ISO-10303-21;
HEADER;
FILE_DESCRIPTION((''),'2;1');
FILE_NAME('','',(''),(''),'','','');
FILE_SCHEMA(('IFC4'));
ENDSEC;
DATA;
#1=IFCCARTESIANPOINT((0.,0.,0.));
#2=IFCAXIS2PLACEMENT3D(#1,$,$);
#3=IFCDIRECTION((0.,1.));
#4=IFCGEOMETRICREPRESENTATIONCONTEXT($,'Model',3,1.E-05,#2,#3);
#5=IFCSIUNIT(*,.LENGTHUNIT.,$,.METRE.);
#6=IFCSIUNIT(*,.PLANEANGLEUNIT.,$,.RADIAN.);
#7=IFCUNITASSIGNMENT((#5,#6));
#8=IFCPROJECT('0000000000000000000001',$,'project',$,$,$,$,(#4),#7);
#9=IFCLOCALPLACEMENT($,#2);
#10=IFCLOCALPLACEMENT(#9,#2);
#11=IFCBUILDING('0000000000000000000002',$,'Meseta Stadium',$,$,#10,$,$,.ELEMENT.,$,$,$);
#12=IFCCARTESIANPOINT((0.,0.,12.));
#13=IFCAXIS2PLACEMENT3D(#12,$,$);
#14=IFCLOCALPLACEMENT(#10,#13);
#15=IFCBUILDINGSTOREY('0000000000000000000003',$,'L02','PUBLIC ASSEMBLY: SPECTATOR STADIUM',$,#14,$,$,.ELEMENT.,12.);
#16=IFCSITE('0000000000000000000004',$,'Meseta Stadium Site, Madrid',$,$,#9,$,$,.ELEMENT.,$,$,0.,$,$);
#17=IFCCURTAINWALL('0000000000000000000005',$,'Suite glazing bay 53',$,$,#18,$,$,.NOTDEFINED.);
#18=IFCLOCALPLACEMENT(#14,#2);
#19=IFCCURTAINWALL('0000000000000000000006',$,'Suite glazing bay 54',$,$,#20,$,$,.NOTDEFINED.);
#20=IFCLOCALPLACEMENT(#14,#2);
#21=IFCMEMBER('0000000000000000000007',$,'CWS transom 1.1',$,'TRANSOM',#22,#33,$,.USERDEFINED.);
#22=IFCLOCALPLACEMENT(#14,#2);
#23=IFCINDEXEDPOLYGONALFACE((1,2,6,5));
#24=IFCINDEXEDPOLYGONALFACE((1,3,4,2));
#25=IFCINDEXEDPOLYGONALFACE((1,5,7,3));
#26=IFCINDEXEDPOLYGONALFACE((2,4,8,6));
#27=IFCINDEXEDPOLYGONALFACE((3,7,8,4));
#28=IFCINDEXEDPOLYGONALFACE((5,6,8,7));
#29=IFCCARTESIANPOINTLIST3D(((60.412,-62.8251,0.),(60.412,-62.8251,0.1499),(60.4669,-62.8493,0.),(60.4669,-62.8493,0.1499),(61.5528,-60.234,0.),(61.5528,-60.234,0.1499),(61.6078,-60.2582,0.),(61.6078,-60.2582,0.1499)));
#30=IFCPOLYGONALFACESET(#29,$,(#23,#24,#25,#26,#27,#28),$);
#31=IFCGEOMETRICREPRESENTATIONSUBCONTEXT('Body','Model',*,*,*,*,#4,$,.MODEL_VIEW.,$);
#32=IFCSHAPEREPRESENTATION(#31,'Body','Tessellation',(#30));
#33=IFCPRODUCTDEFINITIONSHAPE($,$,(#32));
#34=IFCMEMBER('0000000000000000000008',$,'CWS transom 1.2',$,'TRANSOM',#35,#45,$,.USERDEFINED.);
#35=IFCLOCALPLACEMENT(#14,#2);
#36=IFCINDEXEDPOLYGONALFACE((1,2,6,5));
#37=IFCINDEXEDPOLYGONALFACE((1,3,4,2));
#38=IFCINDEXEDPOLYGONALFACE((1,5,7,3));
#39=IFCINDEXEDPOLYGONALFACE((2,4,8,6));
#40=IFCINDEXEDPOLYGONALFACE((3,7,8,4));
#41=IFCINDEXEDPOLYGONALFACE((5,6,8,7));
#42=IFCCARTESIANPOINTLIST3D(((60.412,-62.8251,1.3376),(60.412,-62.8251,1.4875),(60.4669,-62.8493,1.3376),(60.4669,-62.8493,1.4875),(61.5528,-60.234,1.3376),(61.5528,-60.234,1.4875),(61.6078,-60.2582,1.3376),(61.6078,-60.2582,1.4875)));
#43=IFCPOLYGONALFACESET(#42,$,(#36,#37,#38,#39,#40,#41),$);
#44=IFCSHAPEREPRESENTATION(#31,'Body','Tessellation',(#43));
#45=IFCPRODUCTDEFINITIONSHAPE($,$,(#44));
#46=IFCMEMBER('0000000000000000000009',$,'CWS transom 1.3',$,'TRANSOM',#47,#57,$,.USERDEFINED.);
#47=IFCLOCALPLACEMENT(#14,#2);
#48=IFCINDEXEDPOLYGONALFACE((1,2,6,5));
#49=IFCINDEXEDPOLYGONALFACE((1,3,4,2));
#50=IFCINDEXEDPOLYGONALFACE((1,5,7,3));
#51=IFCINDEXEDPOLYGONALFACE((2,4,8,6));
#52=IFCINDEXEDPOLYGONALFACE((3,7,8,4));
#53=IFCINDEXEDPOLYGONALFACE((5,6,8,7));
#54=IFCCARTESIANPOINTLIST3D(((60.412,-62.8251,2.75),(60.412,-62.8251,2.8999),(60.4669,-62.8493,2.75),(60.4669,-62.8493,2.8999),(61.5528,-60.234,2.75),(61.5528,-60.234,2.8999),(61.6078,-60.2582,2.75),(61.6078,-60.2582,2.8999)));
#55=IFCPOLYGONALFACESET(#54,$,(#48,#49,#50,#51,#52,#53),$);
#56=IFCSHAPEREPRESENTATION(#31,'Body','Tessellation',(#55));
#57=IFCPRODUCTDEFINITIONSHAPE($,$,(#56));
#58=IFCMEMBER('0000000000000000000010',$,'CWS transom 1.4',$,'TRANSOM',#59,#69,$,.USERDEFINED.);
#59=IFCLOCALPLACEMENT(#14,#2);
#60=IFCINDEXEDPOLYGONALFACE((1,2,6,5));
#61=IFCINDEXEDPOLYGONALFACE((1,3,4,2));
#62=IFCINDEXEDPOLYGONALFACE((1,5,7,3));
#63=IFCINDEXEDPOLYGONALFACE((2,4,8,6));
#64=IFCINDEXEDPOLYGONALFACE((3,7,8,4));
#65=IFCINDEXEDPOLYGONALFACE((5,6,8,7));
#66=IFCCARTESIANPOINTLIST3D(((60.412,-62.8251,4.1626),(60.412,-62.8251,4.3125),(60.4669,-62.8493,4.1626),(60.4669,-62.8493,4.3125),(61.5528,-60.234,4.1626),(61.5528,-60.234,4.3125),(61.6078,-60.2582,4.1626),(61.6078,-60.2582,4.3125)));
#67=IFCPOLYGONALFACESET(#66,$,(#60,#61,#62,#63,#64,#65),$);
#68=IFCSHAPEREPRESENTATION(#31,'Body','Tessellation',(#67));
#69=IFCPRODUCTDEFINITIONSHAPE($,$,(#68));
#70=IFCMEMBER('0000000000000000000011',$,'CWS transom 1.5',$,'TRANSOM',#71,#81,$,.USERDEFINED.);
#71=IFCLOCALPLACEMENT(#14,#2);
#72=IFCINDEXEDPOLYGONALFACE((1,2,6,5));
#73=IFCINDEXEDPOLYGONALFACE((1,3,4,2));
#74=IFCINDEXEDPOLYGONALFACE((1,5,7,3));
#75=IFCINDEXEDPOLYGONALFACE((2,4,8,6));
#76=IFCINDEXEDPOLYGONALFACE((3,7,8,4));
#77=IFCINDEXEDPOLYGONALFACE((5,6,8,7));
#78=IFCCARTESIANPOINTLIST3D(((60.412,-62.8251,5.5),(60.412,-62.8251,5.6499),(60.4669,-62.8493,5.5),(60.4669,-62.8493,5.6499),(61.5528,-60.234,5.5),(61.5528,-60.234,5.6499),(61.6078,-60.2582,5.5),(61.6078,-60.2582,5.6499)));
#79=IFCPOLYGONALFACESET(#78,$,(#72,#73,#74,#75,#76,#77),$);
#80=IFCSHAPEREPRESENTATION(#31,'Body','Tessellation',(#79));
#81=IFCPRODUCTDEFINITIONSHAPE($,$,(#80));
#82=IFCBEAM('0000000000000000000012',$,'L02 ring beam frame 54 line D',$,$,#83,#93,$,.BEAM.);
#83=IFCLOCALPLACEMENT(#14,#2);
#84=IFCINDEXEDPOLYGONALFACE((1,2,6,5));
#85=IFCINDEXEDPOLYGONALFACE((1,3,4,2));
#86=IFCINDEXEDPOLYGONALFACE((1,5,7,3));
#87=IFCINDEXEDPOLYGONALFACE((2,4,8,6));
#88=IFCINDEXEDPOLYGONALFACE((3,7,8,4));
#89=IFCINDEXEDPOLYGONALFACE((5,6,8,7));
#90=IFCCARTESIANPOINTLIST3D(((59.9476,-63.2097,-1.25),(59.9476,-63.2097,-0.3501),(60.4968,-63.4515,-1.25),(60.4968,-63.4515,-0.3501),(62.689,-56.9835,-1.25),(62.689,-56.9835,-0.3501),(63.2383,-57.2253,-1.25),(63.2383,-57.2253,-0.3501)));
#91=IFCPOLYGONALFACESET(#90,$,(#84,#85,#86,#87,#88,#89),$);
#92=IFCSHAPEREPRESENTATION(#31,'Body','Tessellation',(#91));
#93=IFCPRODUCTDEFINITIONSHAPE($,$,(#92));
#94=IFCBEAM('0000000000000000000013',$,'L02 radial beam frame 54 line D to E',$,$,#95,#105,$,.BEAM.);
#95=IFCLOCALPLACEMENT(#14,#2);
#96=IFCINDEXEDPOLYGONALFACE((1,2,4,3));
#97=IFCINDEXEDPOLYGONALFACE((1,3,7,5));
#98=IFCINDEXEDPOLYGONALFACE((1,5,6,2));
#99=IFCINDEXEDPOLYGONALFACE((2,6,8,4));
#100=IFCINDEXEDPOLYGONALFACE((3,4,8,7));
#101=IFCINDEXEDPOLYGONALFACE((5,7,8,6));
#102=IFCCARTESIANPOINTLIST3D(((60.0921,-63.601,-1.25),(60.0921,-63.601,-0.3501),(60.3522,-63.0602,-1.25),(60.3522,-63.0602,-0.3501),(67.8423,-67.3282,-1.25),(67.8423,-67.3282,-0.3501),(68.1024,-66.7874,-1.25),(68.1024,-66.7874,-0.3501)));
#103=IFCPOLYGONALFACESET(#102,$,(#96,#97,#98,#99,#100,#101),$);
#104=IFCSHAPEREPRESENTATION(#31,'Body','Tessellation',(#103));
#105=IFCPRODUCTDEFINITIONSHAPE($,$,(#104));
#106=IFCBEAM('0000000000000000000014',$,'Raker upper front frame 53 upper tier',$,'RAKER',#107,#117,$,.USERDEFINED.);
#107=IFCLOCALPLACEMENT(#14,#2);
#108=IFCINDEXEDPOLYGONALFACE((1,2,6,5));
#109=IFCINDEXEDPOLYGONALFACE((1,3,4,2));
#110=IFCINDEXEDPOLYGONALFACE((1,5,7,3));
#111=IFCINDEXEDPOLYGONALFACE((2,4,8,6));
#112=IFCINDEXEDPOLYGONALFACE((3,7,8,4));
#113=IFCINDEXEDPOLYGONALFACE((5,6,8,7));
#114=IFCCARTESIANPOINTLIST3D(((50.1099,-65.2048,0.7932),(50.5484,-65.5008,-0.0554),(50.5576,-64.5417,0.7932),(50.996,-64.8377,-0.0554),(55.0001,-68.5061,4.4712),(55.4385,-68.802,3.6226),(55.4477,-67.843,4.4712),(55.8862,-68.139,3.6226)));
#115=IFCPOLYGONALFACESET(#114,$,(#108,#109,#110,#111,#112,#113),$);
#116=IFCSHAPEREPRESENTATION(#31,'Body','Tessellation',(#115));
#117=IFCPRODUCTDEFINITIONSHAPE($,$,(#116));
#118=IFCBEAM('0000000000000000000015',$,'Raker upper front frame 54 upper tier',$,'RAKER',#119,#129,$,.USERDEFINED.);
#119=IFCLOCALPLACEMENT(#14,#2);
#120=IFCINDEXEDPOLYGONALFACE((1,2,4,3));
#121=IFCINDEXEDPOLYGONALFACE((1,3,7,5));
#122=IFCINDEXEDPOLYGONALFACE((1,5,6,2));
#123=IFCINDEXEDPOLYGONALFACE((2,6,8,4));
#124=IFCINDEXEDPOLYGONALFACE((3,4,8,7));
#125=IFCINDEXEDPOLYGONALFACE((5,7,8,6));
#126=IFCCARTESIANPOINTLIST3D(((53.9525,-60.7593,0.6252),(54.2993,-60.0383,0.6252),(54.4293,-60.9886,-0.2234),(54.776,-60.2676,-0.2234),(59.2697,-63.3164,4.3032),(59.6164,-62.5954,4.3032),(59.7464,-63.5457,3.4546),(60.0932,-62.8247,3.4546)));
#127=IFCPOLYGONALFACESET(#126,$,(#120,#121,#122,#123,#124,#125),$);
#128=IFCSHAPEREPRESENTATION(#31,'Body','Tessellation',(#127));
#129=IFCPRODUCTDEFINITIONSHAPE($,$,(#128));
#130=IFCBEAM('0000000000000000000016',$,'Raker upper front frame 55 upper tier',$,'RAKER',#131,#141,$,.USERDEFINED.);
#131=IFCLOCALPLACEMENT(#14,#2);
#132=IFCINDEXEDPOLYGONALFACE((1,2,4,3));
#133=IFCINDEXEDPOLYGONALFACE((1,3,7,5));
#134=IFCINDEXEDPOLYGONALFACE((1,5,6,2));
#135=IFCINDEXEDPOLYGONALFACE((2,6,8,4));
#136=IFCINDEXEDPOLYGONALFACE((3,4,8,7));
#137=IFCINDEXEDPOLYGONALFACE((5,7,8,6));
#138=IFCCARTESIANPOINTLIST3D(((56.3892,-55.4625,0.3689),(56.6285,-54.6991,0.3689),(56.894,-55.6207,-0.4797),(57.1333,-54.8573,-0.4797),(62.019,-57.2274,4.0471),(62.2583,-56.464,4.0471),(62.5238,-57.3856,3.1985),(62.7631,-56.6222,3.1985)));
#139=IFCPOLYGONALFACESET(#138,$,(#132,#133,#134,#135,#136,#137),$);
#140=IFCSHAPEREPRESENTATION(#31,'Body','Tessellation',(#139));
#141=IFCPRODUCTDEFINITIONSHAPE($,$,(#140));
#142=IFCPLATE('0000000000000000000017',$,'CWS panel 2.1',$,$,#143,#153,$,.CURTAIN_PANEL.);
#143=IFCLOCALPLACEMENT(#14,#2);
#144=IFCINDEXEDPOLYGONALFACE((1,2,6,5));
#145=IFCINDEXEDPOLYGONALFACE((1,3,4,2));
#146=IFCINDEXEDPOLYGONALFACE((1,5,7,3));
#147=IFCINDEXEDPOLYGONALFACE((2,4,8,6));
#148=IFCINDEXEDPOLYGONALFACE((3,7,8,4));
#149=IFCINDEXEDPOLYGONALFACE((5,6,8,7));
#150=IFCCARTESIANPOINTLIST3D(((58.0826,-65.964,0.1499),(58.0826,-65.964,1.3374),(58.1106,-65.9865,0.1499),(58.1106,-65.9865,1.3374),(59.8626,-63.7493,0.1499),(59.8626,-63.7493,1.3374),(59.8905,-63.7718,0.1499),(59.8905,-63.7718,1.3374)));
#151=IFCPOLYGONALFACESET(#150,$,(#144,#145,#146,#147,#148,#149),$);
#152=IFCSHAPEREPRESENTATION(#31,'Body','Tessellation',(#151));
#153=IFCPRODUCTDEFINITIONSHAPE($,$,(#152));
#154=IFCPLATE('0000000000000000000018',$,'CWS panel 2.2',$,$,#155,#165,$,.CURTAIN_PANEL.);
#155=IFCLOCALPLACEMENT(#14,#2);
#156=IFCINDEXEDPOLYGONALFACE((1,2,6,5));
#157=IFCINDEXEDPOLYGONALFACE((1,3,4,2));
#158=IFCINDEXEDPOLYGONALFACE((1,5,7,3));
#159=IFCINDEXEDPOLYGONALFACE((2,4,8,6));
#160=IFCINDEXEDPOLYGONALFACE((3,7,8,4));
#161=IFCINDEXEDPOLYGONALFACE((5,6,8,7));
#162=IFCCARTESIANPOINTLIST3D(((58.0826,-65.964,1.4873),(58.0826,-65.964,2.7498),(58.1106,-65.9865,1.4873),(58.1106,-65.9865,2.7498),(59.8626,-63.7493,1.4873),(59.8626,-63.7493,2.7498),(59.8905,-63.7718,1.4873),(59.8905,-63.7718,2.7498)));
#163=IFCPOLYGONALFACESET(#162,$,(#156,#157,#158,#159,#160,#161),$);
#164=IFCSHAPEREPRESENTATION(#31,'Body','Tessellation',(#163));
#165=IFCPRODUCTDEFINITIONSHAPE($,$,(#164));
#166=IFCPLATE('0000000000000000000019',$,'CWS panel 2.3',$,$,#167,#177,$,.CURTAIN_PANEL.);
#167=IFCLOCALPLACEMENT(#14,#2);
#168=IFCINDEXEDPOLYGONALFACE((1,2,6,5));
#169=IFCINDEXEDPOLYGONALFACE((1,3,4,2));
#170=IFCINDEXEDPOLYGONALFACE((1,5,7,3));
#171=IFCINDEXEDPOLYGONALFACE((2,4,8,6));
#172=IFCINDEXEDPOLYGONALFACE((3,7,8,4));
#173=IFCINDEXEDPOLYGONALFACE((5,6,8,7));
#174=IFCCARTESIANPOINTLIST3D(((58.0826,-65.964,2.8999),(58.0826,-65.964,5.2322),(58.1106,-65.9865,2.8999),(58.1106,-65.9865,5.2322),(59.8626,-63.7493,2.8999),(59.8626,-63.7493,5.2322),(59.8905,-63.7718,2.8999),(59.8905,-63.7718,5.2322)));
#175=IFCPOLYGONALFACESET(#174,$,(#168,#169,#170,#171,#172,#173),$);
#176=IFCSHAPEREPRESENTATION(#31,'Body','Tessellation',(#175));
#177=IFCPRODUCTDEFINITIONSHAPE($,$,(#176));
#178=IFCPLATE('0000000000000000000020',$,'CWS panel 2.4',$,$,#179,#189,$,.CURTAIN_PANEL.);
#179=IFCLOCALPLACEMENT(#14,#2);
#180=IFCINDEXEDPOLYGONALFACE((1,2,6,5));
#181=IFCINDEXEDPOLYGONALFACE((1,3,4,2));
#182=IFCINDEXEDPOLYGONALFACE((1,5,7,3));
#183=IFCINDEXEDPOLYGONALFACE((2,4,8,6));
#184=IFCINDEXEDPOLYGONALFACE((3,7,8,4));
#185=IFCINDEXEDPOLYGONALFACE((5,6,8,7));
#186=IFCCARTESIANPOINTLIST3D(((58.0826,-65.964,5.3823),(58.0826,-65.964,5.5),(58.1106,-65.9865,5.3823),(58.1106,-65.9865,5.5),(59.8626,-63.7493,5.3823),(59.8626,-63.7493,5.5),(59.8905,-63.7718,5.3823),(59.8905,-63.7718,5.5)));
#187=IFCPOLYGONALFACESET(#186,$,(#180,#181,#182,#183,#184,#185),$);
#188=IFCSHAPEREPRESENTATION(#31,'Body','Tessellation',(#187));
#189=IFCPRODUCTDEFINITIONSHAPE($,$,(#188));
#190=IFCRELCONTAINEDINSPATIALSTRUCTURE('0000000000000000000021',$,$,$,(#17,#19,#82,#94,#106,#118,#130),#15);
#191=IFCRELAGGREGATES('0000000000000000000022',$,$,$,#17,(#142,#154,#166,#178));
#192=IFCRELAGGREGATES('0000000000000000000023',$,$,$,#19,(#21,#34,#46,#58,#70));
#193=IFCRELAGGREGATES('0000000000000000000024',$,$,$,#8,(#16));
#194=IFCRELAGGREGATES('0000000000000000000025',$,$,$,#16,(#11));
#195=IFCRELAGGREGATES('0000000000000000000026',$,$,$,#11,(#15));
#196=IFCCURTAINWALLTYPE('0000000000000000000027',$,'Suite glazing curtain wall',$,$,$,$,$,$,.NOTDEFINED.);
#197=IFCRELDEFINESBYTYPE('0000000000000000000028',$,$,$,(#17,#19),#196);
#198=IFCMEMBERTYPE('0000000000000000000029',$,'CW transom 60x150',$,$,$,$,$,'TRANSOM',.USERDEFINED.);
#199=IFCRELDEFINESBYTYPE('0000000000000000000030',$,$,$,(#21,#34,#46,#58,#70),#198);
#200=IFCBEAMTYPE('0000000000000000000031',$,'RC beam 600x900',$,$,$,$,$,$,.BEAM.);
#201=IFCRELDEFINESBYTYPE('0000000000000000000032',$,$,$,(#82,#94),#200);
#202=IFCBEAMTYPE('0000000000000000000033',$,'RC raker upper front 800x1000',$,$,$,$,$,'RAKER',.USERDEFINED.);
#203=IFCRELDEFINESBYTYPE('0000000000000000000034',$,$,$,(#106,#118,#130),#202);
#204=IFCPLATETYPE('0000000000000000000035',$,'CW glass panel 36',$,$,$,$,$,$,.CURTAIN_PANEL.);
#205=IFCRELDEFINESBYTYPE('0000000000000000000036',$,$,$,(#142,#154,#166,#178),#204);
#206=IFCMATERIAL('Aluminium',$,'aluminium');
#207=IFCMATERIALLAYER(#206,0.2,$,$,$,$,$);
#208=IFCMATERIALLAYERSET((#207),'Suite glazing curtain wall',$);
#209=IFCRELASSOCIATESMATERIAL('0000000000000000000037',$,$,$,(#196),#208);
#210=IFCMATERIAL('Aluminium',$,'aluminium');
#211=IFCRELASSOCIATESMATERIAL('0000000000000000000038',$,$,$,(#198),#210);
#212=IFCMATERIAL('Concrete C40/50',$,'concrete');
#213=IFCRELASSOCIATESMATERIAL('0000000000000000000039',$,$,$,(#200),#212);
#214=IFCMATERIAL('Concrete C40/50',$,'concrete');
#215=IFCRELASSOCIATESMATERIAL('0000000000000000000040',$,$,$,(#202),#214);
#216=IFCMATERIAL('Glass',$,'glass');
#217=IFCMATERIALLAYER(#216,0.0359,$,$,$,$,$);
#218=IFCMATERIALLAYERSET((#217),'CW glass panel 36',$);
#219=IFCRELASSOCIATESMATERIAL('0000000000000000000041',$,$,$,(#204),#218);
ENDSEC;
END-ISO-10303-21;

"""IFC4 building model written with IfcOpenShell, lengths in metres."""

from ifc_helpers import new_model, si_unit, direction, frame, origin, origin_2d, place, context, subcontext, project, spatial, rectangle, extrude, material, layer, layer_set, material_profile, profile_set, type_object, element, aggregate, save


model = new_model("IFC4")

# Units and contexts
model_context = context("Model", 3, precision=1e-05, world=origin(), true_north=direction((0.0, 1.0)))
body_context = subcontext(model_context, "Body", "Model", "MODEL_VIEW")
ifc_project = project(units=[si_unit("LENGTHUNIT", "METRE"), si_unit("PLANEANGLEUNIT", "RADIAN")], contexts=[model_context])

# Site, building, storey
site_placement = place(None, origin())
site = spatial("IfcSite", under=ifc_project, at=site_placement, Name="Meseta Stadium Site, Madrid", CompositionType="ELEMENT", RefElevation=0.0)
building_placement = place(site_placement, origin())
building = spatial("IfcBuilding", under=site, at=building_placement, Name="Meseta Stadium", CompositionType="ELEMENT")
storey_placement = place(building_placement, frame((0.0, 0.0, 12.0)))
storey = spatial("IfcBuildingStorey", under=building, at=storey_placement, Name="L02", Description="PUBLIC ASSEMBLY: SPECTATOR STADIUM", CompositionType="ELEMENT", Elevation=12.0)

# Curtain walls
ifc_material_1 = material(Name="Aluminium", Category="aluminium")
ifc_layer_1 = layer(ifc_material_1, 0.2)
ifc_layer_set_1 = layer_set([ifc_layer_1], Name="Suite glazing curtain wall")
curtain_wall_type = type_object("IfcCurtainWallType", Name="Suite glazing curtain wall", PredefinedType="NOTDEFINED", material=ifc_layer_set_1)
curtain_wall_1_placement = place(storey_placement, origin())
curtain_wall_1 = element("IfcCurtainWall", 1, at=curtain_wall_1_placement, inside=storey, type_object=curtain_wall_type, Name="Suite glazing bay 53", PredefinedType="NOTDEFINED")
curtain_wall_2_placement = place(storey_placement, origin())
curtain_wall_2 = element("IfcCurtainWall", 2, at=curtain_wall_2_placement, inside=storey, type_object=curtain_wall_type, Name="Suite glazing bay 54", PredefinedType="NOTDEFINED")

# Members
ifc_material_2 = material(Name="Aluminium", Category="aluminium")
ifc_material_profile_1 = material_profile(ifc_material_2, rectangle(XDim=0.0601, YDim=0.1499, at=origin_2d()), Name="CW 60x150")
ifc_profile_set_1 = profile_set([ifc_material_profile_1], Name="Aluminium")
member_type_1 = type_object("IfcMemberType", Name="CW transom 60x150", ElementType="TRANSOM", PredefinedType="USERDEFINED", material=ifc_profile_set_1)
member_1_placement = place(storey_placement, frame((60.4395, -62.8372, 0.075), z_axis=(0.402976, 0.915211, 0.0), x_axis=(-0.915211, 0.402976, 0.0)))
member_1 = element("IfcMember", 3, at=member_1_placement, type_object=member_type_1, Name="CWS transom 1.1", ObjectType="TRANSOM", PredefinedType="USERDEFINED", context=body_context, shape_type="SweptSolid", body=[
    extrude(rectangle(XDim=0.0601, YDim=0.1499, at=origin_2d()), origin(), (0.0, 0.0, 1.0), 2.8311),
])
member_2_placement = place(storey_placement, frame((60.4395, -62.8372, 1.4126), z_axis=(0.402976, 0.915211, 0.0), x_axis=(-0.915211, 0.402976, 0.0)))
member_2 = element("IfcMember", 4, at=member_2_placement, type_object=member_type_1, Name="CWS transom 1.2", ObjectType="TRANSOM", PredefinedType="USERDEFINED", context=body_context, shape_type="SweptSolid", body=[
    extrude(rectangle(XDim=0.0601, YDim=0.1499, at=origin_2d()), origin(), (0.0, 0.0, 1.0), 2.8311),
])
member_3_placement = place(storey_placement, frame((60.4395, -62.8372, 2.825), z_axis=(0.402976, 0.915211, 0.0), x_axis=(-0.915211, 0.402976, 0.0)))
member_3 = element("IfcMember", 5, at=member_3_placement, type_object=member_type_1, Name="CWS transom 1.3", ObjectType="TRANSOM", PredefinedType="USERDEFINED", context=body_context, shape_type="SweptSolid", body=[
    extrude(rectangle(XDim=0.0601, YDim=0.1499, at=origin_2d()), origin(), (0.0, 0.0, 1.0), 2.8311),
])
member_4_placement = place(storey_placement, frame((60.4395, -62.8372, 4.2375), z_axis=(0.402976, 0.915211, 0.0), x_axis=(-0.915211, 0.402976, 0.0)))
member_4 = element("IfcMember", 6, at=member_4_placement, type_object=member_type_1, Name="CWS transom 1.4", ObjectType="TRANSOM", PredefinedType="USERDEFINED", context=body_context, shape_type="SweptSolid", body=[
    extrude(rectangle(XDim=0.0601, YDim=0.1499, at=origin_2d()), origin(), (0.0, 0.0, 1.0), 2.8311),
])
member_5_placement = place(storey_placement, frame((60.4395, -62.8372, 5.575), z_axis=(0.402976, 0.915211, 0.0), x_axis=(-0.915211, 0.402976, 0.0)))
member_5 = element("IfcMember", 7, at=member_5_placement, type_object=member_type_1, Name="CWS transom 1.5", ObjectType="TRANSOM", PredefinedType="USERDEFINED", context=body_context, shape_type="SweptSolid", body=[
    extrude(rectangle(XDim=0.0601, YDim=0.1499, at=origin_2d()), origin(), (0.0, 0.0, 1.0), 2.8311),
])

# Beams
ifc_material_3 = material(Name="Concrete C40/50", Category="concrete")
ifc_material_profile_2 = material_profile(ifc_material_3, rectangle(XDim=0.6001, YDim=0.8999, at=origin_2d()), Name="RC 600x900")
ifc_profile_set_2 = profile_set([ifc_material_profile_2], Name="Concrete C40/50")
beam_type_1 = type_object("IfcBeamType", Name="RC beam 600x900", PredefinedType="BEAM", material=ifc_profile_set_2)
beam_1_placement = place(storey_placement, frame((60.2222, -63.3306, -0.8), z_axis=(0.402983, 0.915208, 0.0), x_axis=(-0.915208, 0.402983, 0.0)))
element("IfcBeam", 8, at=beam_1_placement, inside=storey, type_object=beam_type_1, Name="L02 ring beam frame 54 line D", PredefinedType="BEAM", context=body_context, shape_type="SweptSolid", body=[
    extrude(rectangle(XDim=0.6001, YDim=0.8999, at=origin_2d()), origin(), (0.0, 0.0, 1.0), 6.803),
])
beam_2_placement = place(storey_placement, frame((60.2222, -63.3306, -0.8), z_axis=(0.901197, -0.433409, 0.0), x_axis=(0.433409, 0.901197, 0.0)))
element("IfcBeam", 9, at=beam_2_placement, inside=storey, type_object=beam_type_1, Name="L02 radial beam frame 54 line D to E", PredefinedType="BEAM", context=body_context, shape_type="SweptSolid", body=[
    extrude(rectangle(XDim=0.6001, YDim=0.8999, at=origin_2d()), origin(), (0.0, 0.0, 1.0), 8.5999),
])
ifc_material_4 = material(Name="Concrete C40/50", Category="concrete")
ifc_material_profile_3 = material_profile(ifc_material_4, rectangle(XDim=0.8, YDim=1.0, at=origin_2d()), Name="RC 800x1000")
ifc_profile_set_3 = profile_set([ifc_material_profile_3], Name="Concrete C40/50")
beam_type_2 = type_object("IfcBeamType", Name="RC raker upper front 800x1000", ElementType="RAKER", PredefinedType="USERDEFINED", material=ifc_profile_set_3)
for number, where, z_axis, x_axis, name in (
    (10, (50.553, -65.0212, 0.3689), (0.703349, -0.474822, 0.529004), (0.559523, 0.828815, 0.0), "Raker upper front frame 53 upper tier"),
    (11, (54.3643, -60.5134, 0.2009), (0.764772, -0.367796, 0.529009), (0.433406, 0.901199, 0.0), "Raker upper front frame 54 upper tier"),
    (12, (56.7612, -55.1599, -0.0554), (0.809743, -0.253844, 0.529037), (0.299133, 0.954212, 0.0), "Raker upper front frame 55 upper tier"),
):
    element("IfcBeam", number, at=place(storey_placement, frame(where, z_axis=z_axis, x_axis=x_axis)), inside=storey, type_object=beam_type_2, Name=name, ObjectType="RAKER", PredefinedType="USERDEFINED", context=body_context, shape_type="SweptSolid", body=[
        extrude(rectangle(XDim=0.8, YDim=1.0, at=origin_2d()), origin(), (0.0, 0.0, 1.0), 6.9526),
    ])

# Plates
ifc_material_5 = material(Name="Glass", Category="glass")
ifc_layer_2 = layer(ifc_material_5, 0.0359)
ifc_layer_set_2 = layer_set([ifc_layer_2], Name="CW glass panel 36")
plate_type = type_object("IfcPlateType", Name="CW glass panel 36", PredefinedType="CURTAIN_PANEL", material=ifc_layer_set_2)
plate_1_placement = place(storey_placement, frame((58.9866, -64.8679, 0.1499), z_axis=(0.0, 0.0, 1.0), x_axis=(0.62646, 0.779454, 0.0)))
plate_1 = element("IfcPlate", 13, at=plate_1_placement, type_object=plate_type, Name="CWS panel 2.1", PredefinedType="CURTAIN_PANEL", context=body_context, shape_type="SweptSolid", body=[
    extrude(rectangle(XDim=2.8413, YDim=0.0359, at=origin_2d()), origin(), (0.0, 0.0, 1.0), 1.1875),
])
plate_2_placement = place(storey_placement, frame((58.9866, -64.8679, 1.4873), z_axis=(0.0, 0.0, 1.0), x_axis=(0.62646, 0.779454, 0.0)))
plate_2 = element("IfcPlate", 14, at=plate_2_placement, type_object=plate_type, Name="CWS panel 2.2", PredefinedType="CURTAIN_PANEL", context=body_context, shape_type="SweptSolid", body=[
    extrude(rectangle(XDim=2.8413, YDim=0.0359, at=origin_2d()), origin(), (0.0, 0.0, 1.0), 1.2625),
])
plate_3_placement = place(storey_placement, frame((58.9866, -64.8679, 2.8999), z_axis=(0.0, 0.0, 1.0), x_axis=(0.62646, 0.779454, 0.0)))
plate_3 = element("IfcPlate", 15, at=plate_3_placement, type_object=plate_type, Name="CWS panel 2.3", PredefinedType="CURTAIN_PANEL", context=body_context, shape_type="SweptSolid", body=[
    extrude(rectangle(XDim=2.8413, YDim=0.0359, at=origin_2d()), origin(), (0.0, 0.0, 1.0), 2.3323),
])
plate_4_placement = place(storey_placement, frame((58.9866, -64.8679, 5.3823), z_axis=(0.0, 0.0, 1.0), x_axis=(0.62646, 0.779454, 0.0)))
plate_4 = element("IfcPlate", 16, at=plate_4_placement, type_object=plate_type, Name="CWS panel 2.4", PredefinedType="CURTAIN_PANEL", context=body_context, shape_type="SweptSolid", body=[
    extrude(rectangle(XDim=2.8413, YDim=0.0359, at=origin_2d()), origin(), (0.0, 0.0, 1.0), 0.1177),
])
aggregate(curtain_wall_1, [plate_1, plate_2, plate_3, plate_4])
aggregate(curtain_wall_2, [member_1, member_2, member_3, member_4, member_5])

save(model, "model.ifc")
